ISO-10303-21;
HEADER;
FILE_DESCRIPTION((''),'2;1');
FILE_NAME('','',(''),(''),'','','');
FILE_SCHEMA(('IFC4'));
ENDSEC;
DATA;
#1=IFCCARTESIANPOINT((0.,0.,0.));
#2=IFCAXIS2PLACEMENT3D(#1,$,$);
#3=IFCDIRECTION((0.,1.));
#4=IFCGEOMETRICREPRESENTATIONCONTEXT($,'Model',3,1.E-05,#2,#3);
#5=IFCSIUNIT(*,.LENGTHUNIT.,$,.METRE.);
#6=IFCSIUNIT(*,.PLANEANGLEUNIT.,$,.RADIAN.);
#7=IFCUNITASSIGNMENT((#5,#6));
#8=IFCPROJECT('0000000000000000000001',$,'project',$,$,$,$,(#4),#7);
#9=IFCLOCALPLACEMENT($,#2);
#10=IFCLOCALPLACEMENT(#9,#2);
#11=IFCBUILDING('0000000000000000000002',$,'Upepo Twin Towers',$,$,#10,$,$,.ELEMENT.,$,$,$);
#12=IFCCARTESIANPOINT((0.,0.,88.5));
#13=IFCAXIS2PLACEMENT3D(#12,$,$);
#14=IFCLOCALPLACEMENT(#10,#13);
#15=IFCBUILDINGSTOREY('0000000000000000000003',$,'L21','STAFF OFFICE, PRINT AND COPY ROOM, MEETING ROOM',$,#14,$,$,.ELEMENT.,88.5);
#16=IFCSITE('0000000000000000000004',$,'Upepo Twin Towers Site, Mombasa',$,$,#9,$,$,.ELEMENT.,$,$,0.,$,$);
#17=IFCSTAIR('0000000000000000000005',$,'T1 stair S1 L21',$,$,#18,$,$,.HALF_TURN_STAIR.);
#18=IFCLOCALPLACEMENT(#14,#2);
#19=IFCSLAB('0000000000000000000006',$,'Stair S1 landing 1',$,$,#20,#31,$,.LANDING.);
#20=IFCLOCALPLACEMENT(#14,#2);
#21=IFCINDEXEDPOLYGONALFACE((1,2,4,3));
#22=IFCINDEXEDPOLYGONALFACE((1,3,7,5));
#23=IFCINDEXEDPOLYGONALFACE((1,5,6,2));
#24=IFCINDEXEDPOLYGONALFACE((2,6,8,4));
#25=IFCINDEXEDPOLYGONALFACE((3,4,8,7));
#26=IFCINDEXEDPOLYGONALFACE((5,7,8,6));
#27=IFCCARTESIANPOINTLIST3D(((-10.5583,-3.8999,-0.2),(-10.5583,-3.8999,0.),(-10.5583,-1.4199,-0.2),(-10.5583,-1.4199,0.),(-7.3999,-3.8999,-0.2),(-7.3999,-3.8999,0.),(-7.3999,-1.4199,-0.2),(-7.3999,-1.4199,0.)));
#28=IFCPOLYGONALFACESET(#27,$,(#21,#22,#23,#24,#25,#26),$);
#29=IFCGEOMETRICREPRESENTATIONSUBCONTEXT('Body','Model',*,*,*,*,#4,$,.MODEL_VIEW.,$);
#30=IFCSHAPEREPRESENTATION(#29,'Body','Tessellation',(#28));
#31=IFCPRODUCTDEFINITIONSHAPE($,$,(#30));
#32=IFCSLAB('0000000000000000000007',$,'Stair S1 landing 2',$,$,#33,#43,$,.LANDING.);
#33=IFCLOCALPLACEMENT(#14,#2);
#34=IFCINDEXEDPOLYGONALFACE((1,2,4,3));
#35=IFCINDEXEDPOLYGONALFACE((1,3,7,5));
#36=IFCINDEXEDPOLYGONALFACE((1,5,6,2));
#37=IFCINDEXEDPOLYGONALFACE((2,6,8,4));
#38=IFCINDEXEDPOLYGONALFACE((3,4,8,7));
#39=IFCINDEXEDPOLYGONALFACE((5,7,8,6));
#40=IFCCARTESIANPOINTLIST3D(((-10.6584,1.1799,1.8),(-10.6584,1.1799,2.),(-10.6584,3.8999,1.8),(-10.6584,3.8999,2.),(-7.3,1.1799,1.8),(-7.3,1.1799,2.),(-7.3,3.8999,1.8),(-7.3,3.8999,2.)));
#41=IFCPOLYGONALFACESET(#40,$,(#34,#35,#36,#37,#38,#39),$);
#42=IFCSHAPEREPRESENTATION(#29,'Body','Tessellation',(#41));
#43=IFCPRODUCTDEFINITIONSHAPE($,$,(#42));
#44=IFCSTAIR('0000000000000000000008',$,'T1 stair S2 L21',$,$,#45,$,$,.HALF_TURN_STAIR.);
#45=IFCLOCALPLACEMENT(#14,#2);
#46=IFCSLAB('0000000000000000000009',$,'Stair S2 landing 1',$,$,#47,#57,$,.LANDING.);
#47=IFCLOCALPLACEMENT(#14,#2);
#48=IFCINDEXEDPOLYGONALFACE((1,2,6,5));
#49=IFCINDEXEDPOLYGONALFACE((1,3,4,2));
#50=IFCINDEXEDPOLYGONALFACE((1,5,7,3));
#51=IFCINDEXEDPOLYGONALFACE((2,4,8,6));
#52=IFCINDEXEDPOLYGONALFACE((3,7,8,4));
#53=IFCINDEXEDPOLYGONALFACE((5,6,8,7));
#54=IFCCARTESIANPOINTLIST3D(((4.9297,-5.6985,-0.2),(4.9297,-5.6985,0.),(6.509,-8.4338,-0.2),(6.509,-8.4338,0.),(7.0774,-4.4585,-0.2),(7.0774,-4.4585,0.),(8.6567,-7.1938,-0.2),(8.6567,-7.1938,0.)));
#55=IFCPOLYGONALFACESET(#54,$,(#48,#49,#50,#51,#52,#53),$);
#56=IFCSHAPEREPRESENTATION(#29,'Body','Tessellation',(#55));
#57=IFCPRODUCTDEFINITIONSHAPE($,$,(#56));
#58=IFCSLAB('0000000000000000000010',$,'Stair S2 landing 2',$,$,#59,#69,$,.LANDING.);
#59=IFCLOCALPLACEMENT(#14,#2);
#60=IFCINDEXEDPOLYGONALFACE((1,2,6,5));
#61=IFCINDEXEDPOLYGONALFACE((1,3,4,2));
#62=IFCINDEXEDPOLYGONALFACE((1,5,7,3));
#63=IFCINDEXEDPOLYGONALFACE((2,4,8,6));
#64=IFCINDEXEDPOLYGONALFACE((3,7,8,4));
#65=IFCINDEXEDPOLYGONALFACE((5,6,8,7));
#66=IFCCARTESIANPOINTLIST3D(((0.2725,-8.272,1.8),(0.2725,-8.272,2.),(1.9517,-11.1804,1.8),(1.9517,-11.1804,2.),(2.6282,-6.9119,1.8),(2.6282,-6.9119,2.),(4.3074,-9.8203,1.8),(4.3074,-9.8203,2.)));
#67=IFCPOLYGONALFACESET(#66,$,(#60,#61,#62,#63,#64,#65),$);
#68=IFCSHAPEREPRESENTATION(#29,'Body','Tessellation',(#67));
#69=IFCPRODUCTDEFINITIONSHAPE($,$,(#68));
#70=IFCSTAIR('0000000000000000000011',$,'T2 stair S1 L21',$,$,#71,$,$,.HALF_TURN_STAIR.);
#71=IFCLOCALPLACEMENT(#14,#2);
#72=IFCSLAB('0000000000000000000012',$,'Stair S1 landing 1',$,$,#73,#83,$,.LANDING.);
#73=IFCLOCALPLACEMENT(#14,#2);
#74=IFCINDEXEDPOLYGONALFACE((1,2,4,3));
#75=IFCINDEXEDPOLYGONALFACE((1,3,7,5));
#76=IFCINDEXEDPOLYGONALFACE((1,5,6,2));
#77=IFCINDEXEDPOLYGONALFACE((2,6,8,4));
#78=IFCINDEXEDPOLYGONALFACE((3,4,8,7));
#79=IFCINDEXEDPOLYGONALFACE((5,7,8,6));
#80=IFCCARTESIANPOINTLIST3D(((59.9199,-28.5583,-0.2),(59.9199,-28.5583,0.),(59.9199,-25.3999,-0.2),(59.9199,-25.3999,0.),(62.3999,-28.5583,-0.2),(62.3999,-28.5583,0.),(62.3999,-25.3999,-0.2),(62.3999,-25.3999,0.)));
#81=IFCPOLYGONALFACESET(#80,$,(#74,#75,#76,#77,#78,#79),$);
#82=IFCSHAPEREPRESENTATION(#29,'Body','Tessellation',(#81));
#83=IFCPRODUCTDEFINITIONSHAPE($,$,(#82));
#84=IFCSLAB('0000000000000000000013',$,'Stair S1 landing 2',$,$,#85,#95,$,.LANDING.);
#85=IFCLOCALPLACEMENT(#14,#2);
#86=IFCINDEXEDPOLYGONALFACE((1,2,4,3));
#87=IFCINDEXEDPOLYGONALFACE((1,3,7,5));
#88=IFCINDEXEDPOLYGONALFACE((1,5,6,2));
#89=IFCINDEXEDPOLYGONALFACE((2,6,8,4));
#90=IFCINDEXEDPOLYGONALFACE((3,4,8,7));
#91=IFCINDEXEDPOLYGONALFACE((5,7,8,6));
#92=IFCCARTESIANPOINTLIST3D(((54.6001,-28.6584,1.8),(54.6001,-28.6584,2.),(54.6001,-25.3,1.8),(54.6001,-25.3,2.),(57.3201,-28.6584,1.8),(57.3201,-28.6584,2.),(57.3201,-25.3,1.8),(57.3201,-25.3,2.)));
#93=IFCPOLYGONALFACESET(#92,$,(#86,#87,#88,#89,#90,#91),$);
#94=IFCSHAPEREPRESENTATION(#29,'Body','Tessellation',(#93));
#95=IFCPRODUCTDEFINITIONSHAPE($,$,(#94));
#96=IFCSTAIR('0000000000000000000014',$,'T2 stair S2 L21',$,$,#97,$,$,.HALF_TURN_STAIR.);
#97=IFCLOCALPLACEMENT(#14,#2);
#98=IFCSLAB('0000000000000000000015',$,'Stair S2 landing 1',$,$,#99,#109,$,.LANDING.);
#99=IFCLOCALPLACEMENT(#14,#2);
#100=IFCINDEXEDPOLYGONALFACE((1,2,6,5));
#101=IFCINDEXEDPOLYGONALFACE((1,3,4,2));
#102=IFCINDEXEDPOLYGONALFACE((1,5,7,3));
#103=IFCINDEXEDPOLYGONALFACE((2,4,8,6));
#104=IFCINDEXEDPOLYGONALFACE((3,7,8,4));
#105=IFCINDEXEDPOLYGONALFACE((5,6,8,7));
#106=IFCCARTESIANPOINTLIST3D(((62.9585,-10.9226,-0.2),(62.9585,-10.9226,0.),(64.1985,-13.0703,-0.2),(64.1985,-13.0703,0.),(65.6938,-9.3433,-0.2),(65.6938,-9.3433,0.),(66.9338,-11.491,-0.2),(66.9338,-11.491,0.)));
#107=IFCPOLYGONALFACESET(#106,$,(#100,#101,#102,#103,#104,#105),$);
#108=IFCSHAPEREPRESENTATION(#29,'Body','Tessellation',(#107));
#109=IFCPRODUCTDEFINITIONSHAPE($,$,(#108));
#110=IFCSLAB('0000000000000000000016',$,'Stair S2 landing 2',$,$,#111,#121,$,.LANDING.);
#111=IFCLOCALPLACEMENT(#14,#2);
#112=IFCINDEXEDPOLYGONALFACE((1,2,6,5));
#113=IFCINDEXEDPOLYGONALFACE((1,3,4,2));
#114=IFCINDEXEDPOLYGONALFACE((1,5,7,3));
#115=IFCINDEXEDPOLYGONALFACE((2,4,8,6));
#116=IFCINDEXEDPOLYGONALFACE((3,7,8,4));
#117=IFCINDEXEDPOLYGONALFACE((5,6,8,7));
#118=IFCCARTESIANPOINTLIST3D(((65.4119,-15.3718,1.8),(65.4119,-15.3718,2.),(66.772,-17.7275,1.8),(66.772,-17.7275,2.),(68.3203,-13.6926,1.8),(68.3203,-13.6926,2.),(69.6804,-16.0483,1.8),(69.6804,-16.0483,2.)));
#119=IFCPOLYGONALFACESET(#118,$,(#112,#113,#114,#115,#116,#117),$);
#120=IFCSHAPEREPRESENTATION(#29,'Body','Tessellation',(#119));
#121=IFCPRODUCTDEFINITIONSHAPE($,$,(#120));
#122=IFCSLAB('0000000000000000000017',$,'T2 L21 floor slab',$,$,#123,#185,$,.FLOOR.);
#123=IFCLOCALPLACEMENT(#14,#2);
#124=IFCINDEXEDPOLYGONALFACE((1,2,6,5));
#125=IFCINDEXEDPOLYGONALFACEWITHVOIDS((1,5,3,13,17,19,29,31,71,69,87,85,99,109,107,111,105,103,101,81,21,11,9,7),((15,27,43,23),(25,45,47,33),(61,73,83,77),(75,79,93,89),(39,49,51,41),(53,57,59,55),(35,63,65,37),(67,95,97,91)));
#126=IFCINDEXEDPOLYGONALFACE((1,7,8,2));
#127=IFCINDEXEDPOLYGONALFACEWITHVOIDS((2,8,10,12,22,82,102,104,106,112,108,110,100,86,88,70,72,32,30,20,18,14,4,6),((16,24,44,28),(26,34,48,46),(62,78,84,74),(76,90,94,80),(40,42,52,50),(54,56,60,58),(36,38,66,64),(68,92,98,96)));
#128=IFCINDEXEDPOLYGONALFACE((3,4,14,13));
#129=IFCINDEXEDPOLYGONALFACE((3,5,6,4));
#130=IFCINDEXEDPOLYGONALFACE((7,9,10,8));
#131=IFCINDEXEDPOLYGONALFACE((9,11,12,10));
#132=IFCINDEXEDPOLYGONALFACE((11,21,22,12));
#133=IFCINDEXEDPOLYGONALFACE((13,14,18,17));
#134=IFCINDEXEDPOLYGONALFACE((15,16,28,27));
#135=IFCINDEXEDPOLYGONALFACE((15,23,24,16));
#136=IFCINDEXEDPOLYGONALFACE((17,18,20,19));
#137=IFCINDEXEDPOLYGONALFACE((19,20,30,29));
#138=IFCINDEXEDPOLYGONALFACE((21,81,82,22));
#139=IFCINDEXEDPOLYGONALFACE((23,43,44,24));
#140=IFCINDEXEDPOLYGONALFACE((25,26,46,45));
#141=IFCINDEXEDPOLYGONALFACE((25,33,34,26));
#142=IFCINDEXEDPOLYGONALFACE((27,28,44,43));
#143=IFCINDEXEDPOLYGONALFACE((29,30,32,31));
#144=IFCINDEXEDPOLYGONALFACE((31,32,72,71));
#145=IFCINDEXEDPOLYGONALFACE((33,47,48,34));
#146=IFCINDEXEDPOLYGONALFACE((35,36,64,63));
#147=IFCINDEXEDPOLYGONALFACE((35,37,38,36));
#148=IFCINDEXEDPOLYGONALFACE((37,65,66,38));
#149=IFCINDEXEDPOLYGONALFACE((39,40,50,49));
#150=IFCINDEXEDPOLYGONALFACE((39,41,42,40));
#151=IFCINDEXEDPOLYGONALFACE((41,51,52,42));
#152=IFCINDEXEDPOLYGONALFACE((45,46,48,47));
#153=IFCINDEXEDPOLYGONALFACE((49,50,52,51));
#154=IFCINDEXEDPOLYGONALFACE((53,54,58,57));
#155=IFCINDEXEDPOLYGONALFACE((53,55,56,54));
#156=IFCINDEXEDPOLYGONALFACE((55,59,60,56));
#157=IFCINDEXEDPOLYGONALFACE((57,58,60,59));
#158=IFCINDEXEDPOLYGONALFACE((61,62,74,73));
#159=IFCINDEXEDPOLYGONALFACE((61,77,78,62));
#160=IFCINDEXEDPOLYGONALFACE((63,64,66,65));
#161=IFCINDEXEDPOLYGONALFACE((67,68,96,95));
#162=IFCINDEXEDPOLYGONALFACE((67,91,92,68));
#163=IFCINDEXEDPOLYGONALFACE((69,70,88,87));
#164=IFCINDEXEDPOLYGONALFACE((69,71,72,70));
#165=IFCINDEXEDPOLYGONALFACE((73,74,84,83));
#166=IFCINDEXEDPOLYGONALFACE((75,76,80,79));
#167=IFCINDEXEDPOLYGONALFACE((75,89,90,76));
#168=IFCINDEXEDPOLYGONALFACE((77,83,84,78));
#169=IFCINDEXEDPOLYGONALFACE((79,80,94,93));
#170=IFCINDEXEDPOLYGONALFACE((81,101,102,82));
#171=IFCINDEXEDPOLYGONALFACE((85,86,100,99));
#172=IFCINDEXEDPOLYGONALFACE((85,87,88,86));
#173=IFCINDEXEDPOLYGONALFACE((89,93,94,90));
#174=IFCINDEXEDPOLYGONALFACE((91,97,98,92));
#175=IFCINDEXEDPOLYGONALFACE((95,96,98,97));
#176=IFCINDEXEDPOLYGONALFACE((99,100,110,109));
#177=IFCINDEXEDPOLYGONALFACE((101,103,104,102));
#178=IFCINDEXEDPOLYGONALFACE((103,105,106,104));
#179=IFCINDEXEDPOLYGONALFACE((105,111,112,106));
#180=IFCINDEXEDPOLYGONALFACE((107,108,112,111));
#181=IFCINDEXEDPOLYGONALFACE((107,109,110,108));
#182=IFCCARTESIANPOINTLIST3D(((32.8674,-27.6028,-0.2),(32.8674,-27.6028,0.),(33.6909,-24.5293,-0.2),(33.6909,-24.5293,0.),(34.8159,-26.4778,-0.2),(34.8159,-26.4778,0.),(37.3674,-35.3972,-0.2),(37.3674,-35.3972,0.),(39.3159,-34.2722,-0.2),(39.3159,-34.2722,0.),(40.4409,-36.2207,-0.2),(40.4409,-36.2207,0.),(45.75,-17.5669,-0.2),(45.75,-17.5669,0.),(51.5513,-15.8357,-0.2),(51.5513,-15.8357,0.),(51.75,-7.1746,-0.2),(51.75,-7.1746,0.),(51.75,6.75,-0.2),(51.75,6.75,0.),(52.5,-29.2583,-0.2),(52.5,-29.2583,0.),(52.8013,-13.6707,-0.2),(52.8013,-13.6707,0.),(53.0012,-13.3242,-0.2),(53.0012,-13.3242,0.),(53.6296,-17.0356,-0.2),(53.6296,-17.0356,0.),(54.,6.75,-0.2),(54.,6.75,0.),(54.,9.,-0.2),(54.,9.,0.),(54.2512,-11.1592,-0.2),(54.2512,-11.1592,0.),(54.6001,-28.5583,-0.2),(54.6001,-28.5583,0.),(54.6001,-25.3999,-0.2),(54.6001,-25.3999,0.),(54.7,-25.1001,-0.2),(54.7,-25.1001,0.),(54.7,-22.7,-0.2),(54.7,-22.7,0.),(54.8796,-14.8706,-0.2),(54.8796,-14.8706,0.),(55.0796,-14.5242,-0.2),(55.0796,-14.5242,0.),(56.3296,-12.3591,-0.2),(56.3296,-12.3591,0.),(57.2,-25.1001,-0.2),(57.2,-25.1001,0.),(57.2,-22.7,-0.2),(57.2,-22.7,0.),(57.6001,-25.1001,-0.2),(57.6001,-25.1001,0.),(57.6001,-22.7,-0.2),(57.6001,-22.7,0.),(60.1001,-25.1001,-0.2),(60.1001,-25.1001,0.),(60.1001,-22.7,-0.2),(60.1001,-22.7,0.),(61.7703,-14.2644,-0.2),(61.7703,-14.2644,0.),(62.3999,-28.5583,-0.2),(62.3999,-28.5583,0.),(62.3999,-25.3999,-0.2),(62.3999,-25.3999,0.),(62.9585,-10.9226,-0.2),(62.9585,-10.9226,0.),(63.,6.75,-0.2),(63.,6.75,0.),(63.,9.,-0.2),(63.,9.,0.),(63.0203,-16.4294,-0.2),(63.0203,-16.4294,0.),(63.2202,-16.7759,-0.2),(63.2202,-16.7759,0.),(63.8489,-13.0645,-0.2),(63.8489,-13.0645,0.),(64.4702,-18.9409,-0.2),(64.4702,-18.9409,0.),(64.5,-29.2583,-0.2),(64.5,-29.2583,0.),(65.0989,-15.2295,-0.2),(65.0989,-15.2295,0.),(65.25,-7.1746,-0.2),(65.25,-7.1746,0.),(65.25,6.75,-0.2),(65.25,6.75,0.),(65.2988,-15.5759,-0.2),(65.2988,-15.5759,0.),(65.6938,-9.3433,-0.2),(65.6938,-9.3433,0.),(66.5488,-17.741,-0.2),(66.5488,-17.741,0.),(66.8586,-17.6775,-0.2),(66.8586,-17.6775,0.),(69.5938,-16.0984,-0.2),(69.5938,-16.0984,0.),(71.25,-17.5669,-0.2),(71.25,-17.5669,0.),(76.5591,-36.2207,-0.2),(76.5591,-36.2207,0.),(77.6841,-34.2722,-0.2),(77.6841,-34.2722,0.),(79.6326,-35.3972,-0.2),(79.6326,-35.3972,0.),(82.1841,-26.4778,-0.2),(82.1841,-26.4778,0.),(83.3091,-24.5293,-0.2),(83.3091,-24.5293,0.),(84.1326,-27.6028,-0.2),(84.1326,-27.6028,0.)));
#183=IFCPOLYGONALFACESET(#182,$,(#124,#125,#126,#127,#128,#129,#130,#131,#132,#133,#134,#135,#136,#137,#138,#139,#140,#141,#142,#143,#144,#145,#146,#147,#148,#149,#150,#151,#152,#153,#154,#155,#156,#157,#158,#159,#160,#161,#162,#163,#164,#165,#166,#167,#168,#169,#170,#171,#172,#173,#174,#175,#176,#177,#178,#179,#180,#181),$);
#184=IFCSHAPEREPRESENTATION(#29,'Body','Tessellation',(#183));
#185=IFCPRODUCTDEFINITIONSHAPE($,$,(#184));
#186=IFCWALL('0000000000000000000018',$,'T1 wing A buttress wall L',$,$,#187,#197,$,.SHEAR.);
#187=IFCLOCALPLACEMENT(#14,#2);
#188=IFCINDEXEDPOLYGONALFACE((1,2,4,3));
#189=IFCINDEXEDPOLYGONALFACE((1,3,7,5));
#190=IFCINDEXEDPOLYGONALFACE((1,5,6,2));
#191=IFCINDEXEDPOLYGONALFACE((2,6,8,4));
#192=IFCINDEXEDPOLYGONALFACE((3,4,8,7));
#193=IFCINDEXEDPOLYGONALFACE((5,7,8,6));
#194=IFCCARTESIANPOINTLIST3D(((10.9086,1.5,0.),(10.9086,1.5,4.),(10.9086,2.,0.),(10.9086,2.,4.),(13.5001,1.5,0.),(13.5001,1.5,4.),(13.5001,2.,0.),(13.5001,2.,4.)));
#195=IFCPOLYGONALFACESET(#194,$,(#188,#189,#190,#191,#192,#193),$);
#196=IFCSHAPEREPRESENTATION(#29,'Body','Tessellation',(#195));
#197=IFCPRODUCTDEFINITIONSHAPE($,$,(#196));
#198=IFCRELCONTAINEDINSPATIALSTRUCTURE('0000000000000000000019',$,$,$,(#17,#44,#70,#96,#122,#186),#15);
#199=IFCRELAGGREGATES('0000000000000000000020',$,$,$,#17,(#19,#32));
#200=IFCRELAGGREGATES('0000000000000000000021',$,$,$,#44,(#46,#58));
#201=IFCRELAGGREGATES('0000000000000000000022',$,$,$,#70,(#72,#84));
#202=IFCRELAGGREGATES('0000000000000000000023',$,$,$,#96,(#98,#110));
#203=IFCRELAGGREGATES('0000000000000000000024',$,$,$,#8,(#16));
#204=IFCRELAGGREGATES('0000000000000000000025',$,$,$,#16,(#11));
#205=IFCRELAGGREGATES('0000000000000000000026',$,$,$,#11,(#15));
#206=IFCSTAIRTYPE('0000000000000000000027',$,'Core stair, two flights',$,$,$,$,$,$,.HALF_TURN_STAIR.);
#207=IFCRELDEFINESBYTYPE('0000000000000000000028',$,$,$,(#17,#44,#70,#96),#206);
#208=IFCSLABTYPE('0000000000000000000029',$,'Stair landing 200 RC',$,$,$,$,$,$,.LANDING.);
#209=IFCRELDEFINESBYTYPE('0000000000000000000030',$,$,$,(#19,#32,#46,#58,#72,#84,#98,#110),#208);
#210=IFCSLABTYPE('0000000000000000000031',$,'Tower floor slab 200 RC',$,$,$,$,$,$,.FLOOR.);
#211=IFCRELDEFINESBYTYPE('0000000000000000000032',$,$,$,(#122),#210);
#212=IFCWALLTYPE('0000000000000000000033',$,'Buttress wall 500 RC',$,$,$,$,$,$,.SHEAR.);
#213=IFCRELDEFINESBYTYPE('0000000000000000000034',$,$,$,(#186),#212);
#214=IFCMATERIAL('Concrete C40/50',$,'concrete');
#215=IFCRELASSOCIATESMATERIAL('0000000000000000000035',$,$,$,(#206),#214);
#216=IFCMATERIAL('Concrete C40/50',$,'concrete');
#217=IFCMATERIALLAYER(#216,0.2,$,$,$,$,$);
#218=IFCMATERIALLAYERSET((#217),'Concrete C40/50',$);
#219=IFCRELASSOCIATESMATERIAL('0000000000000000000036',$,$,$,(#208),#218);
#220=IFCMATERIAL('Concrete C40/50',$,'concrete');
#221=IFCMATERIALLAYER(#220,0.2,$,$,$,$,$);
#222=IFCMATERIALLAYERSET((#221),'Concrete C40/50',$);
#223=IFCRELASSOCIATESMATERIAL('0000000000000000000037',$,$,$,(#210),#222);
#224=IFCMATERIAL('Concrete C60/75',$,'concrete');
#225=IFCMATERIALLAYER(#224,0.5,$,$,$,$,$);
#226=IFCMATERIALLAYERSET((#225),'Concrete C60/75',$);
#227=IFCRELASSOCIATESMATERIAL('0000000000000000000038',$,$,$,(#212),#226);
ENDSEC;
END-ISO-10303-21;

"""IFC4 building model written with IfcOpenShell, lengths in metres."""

from ifc_helpers import new_model, si_unit, direction, frame, frame_2d, origin, place, context, subcontext, project, spatial, polyline, rectangle, outline, extrude, material, layer, layer_set, type_object, element, aggregate, save


model = new_model("IFC4")

# Units and contexts
model_context = context("Model", 3, precision=1e-05, world=origin(), true_north=direction((0.0, 1.0)))
body_context = subcontext(model_context, "Body", "Model", "MODEL_VIEW")
ifc_project = project(units=[si_unit("LENGTHUNIT", "METRE"), si_unit("PLANEANGLEUNIT", "RADIAN")], contexts=[model_context])

# Site, building, storey
site_placement = place(None, origin())
site = spatial("IfcSite", under=ifc_project, at=site_placement, Name="Upepo Twin Towers Site, Mombasa", CompositionType="ELEMENT", RefElevation=0.0)
building_placement = place(site_placement, origin())
building = spatial("IfcBuilding", under=site, at=building_placement, Name="Upepo Twin Towers", CompositionType="ELEMENT")
storey_placement = place(building_placement, frame((0.0, 0.0, 88.5)))
storey = spatial("IfcBuildingStorey", under=building, at=storey_placement, Name="L21", Description="STAFF OFFICE, PRINT AND COPY ROOM, MEETING ROOM", CompositionType="ELEMENT", Elevation=88.5)

# Stairs, slabs
ifc_material_1 = material(Name="Concrete C40/50", Category="concrete")
stair_type = type_object("IfcStairType", Name="Core stair, two flights", PredefinedType="HALF_TURN_STAIR", material=ifc_material_1)
stair_1_placement = place(storey_placement, origin())
stair_1 = element("IfcStair", 1, at=stair_1_placement, inside=storey, type_object=stair_type, Name="T1 stair S1 L21", PredefinedType="HALF_TURN_STAIR")
ifc_material_2 = material(Name="Concrete C40/50", Category="concrete")
ifc_layer_1 = layer(ifc_material_2, 0.2)
ifc_layer_set_1 = layer_set([ifc_layer_1], Name="Concrete C40/50")
slab_type_1 = type_object("IfcSlabType", Name="Stair landing 200 RC", PredefinedType="LANDING", material=ifc_layer_set_1)
slab_1_placement = place(storey_placement, frame((0.0, 0.0, -0.2)))
slab_1 = element("IfcSlab", 2, at=slab_1_placement, type_object=slab_type_1, Name="Stair S1 landing 1", PredefinedType="LANDING", context=body_context, shape_type="SweptSolid", body=[
    extrude(outline(polyline([(-7.3999, -1.4199), (-10.5583, -1.4199), (-10.5583, -3.8999), (-7.3999, -3.8999), (-7.3999, -1.4199)])), origin(), (0.0, 0.0, 1.0), 0.2),
])
slab_2_placement = place(storey_placement, frame((0.0, 0.0, 1.8)))
slab_2 = element("IfcSlab", 3, at=slab_2_placement, type_object=slab_type_1, Name="Stair S1 landing 2", PredefinedType="LANDING", context=body_context, shape_type="SweptSolid", body=[
    extrude(outline(polyline([(-7.3, 3.8999), (-10.6584, 3.8999), (-10.6584, 1.1799), (-7.3, 1.1799), (-7.3, 3.8999)])), origin(), (0.0, 0.0, 1.0), 0.2),
])
aggregate(stair_1, [slab_1, slab_2])
stair_2_placement = place(storey_placement, origin())
stair_2 = element("IfcStair", 4, at=stair_2_placement, inside=storey, type_object=stair_type, Name="T1 stair S2 L21", PredefinedType="HALF_TURN_STAIR")
slab_3_placement = place(storey_placement, frame((0.0, 0.0, -0.2)))
slab_3 = element("IfcSlab", 5, at=slab_3_placement, type_object=slab_type_1, Name="Stair S2 landing 1", PredefinedType="LANDING", context=body_context, shape_type="SweptSolid", body=[
    extrude(outline(polyline([(4.9297, -5.6985), (6.509, -8.4338), (8.6567, -7.1938), (7.0774, -4.4585), (4.9297, -5.6985)])), origin(), (0.0, 0.0, 1.0), 0.2),
])
slab_4_placement = place(storey_placement, frame((0.0, 0.0, 1.8)))
slab_4 = element("IfcSlab", 6, at=slab_4_placement, type_object=slab_type_1, Name="Stair S2 landing 2", PredefinedType="LANDING", context=body_context, shape_type="SweptSolid", body=[
    extrude(outline(polyline([(0.2725, -8.272), (1.9517, -11.1804), (4.3074, -9.8203), (2.6282, -6.9119), (0.2725, -8.272)])), origin(), (0.0, 0.0, 1.0), 0.2),
])
aggregate(stair_2, [slab_3, slab_4])
stair_3_placement = place(storey_placement, origin())
stair_3 = element("IfcStair", 7, at=stair_3_placement, inside=storey, type_object=stair_type, Name="T2 stair S1 L21", PredefinedType="HALF_TURN_STAIR")
slab_5_placement = place(storey_placement, frame((0.0, 0.0, -0.2)))
slab_5 = element("IfcSlab", 8, at=slab_5_placement, type_object=slab_type_1, Name="Stair S1 landing 1", PredefinedType="LANDING", context=body_context, shape_type="SweptSolid", body=[
    extrude(outline(polyline([(59.9199, -25.3999), (59.9199, -28.5583), (62.3999, -28.5583), (62.3999, -25.3999), (59.9199, -25.3999)])), origin(), (0.0, 0.0, 1.0), 0.2),
])
slab_6_placement = place(storey_placement, frame((0.0, 0.0, 1.8)))
slab_6 = element("IfcSlab", 9, at=slab_6_placement, type_object=slab_type_1, Name="Stair S1 landing 2", PredefinedType="LANDING", context=body_context, shape_type="SweptSolid", body=[
    extrude(outline(polyline([(54.6001, -25.3), (54.6001, -28.6584), (57.3201, -28.6584), (57.3201, -25.3), (54.6001, -25.3)])), origin(), (0.0, 0.0, 1.0), 0.2),
])
aggregate(stair_3, [slab_5, slab_6])
stair_4_placement = place(storey_placement, origin())
stair_4 = element("IfcStair", 10, at=stair_4_placement, inside=storey, type_object=stair_type, Name="T2 stair S2 L21", PredefinedType="HALF_TURN_STAIR")
slab_7_placement = place(storey_placement, frame((0.0, 0.0, -0.2)))
slab_7 = element("IfcSlab", 11, at=slab_7_placement, type_object=slab_type_1, Name="Stair S2 landing 1", PredefinedType="LANDING", context=body_context, shape_type="SweptSolid", body=[
    extrude(outline(polyline([(64.1985, -13.0703), (66.9338, -11.491), (65.6938, -9.3433), (62.9585, -10.9226), (64.1985, -13.0703)])), origin(), (0.0, 0.0, 1.0), 0.2),
])
slab_8_placement = place(storey_placement, frame((0.0, 0.0, 1.8)))
slab_8 = element("IfcSlab", 12, at=slab_8_placement, type_object=slab_type_1, Name="Stair S2 landing 2", PredefinedType="LANDING", context=body_context, shape_type="SweptSolid", body=[
    extrude(outline(polyline([(66.772, -17.7275), (69.6804, -16.0483), (68.3203, -13.6926), (65.4119, -15.3718), (66.772, -17.7275)])), origin(), (0.0, 0.0, 1.0), 0.2),
])
aggregate(stair_4, [slab_7, slab_8])

# Slab
ifc_material_3 = material(Name="Concrete C40/50", Category="concrete")
ifc_layer_2 = layer(ifc_material_3, 0.2)
ifc_layer_set_2 = layer_set([ifc_layer_2], Name="Concrete C40/50")
slab_type_2 = type_object("IfcSlabType", Name="Tower floor slab 200 RC", PredefinedType="FLOOR", material=ifc_layer_set_2)
slab_9_placement = place(storey_placement, frame((0.0, 0.0, -0.2)))
element("IfcSlab", 13, at=slab_9_placement, inside=storey, type_object=slab_type_2, Name="T2 L21 floor slab", PredefinedType="FLOOR", context=body_context, shape_type="SweptSolid", body=[
    extrude(outline(polyline([(82.1841, -26.4778), (84.1326, -27.6028), (79.6326, -35.3972), (77.6841, -34.2722), (76.5591, -36.2207), (64.5, -29.2583), (52.5, -29.2583), (40.4409, -36.2207), (39.3159, -34.2722), (37.3674, -35.3972), (32.8674, -27.6028), (34.8159, -26.4778), (33.6909, -24.5293), (45.75, -17.5669), (51.75, -7.1746), (51.75, 6.75), (54.0, 6.75), (54.0, 9.0), (63.0, 9.0), (63.0, 6.75), (65.25, 6.75), (65.25, -7.1746), (71.25, -17.5669), (83.3091, -24.5293), (82.1841, -26.4778)]), holes=[polyline([(56.3296, -12.3591), (54.2512, -11.1592), (53.0012, -13.3242), (55.0796, -14.5242), (56.3296, -12.3591)]), polyline([(54.8796, -14.8706), (52.8013, -13.6707), (51.5513, -15.8357), (53.6296, -17.0356), (54.8796, -14.8706)]), polyline([(54.7, -22.7), (54.7, -25.1001), (57.2, -25.1001), (57.2, -22.7), (54.7, -22.7)]), polyline([(57.6001, -22.7), (57.6001, -25.1001), (60.1001, -25.1001), (60.1001, -22.7), (57.6001, -22.7)]), polyline([(54.6001, -25.3999), (54.6001, -28.5583), (62.3999, -28.5583), (62.3999, -25.3999), (54.6001, -25.3999)]), polyline([(64.4702, -18.9409), (66.5488, -17.741), (65.2988, -15.5759), (63.2202, -16.7759), (64.4702, -18.9409)]), polyline([(63.0203, -16.4294), (65.0989, -15.2295), (63.8489, -13.0645), (61.7703, -14.2644), (63.0203, -16.4294)]), polyline([(66.8586, -17.6775), (69.5938, -16.0984), (65.6938, -9.3433), (62.9585, -10.9226), (66.8586, -17.6775)])]), origin(), (0.0, 0.0, 1.0), 0.2),
])

# Wall
ifc_material_4 = material(Name="Concrete C60/75", Category="concrete")
ifc_layer_3 = layer(ifc_material_4, 0.5)
ifc_layer_set_3 = layer_set([ifc_layer_3], Name="Concrete C60/75")
wall_type_1 = type_object("IfcWallType", Name="Buttress wall 500 RC", PredefinedType="SHEAR", material=ifc_layer_set_3)
wall_1_placement = place(storey_placement, frame((10.9084, 1.75, 0.0), z_axis=(0.0, 0.0, 1.0), x_axis=(1.0, 0.0, 0.0)))
element("IfcWall", 14, at=wall_1_placement, inside=storey, type_object=wall_type_1, Name="T1 wing A buttress wall L", PredefinedType="SHEAR", context=body_context, shape_type="SweptSolid", body=[
    extrude(rectangle(XDim=2.5916, YDim=0.5, at=frame_2d((1.2959, 0.0))), origin(), (0.0, 0.0, 1.0), 4.0),
])

save(model, "model.ifc")
